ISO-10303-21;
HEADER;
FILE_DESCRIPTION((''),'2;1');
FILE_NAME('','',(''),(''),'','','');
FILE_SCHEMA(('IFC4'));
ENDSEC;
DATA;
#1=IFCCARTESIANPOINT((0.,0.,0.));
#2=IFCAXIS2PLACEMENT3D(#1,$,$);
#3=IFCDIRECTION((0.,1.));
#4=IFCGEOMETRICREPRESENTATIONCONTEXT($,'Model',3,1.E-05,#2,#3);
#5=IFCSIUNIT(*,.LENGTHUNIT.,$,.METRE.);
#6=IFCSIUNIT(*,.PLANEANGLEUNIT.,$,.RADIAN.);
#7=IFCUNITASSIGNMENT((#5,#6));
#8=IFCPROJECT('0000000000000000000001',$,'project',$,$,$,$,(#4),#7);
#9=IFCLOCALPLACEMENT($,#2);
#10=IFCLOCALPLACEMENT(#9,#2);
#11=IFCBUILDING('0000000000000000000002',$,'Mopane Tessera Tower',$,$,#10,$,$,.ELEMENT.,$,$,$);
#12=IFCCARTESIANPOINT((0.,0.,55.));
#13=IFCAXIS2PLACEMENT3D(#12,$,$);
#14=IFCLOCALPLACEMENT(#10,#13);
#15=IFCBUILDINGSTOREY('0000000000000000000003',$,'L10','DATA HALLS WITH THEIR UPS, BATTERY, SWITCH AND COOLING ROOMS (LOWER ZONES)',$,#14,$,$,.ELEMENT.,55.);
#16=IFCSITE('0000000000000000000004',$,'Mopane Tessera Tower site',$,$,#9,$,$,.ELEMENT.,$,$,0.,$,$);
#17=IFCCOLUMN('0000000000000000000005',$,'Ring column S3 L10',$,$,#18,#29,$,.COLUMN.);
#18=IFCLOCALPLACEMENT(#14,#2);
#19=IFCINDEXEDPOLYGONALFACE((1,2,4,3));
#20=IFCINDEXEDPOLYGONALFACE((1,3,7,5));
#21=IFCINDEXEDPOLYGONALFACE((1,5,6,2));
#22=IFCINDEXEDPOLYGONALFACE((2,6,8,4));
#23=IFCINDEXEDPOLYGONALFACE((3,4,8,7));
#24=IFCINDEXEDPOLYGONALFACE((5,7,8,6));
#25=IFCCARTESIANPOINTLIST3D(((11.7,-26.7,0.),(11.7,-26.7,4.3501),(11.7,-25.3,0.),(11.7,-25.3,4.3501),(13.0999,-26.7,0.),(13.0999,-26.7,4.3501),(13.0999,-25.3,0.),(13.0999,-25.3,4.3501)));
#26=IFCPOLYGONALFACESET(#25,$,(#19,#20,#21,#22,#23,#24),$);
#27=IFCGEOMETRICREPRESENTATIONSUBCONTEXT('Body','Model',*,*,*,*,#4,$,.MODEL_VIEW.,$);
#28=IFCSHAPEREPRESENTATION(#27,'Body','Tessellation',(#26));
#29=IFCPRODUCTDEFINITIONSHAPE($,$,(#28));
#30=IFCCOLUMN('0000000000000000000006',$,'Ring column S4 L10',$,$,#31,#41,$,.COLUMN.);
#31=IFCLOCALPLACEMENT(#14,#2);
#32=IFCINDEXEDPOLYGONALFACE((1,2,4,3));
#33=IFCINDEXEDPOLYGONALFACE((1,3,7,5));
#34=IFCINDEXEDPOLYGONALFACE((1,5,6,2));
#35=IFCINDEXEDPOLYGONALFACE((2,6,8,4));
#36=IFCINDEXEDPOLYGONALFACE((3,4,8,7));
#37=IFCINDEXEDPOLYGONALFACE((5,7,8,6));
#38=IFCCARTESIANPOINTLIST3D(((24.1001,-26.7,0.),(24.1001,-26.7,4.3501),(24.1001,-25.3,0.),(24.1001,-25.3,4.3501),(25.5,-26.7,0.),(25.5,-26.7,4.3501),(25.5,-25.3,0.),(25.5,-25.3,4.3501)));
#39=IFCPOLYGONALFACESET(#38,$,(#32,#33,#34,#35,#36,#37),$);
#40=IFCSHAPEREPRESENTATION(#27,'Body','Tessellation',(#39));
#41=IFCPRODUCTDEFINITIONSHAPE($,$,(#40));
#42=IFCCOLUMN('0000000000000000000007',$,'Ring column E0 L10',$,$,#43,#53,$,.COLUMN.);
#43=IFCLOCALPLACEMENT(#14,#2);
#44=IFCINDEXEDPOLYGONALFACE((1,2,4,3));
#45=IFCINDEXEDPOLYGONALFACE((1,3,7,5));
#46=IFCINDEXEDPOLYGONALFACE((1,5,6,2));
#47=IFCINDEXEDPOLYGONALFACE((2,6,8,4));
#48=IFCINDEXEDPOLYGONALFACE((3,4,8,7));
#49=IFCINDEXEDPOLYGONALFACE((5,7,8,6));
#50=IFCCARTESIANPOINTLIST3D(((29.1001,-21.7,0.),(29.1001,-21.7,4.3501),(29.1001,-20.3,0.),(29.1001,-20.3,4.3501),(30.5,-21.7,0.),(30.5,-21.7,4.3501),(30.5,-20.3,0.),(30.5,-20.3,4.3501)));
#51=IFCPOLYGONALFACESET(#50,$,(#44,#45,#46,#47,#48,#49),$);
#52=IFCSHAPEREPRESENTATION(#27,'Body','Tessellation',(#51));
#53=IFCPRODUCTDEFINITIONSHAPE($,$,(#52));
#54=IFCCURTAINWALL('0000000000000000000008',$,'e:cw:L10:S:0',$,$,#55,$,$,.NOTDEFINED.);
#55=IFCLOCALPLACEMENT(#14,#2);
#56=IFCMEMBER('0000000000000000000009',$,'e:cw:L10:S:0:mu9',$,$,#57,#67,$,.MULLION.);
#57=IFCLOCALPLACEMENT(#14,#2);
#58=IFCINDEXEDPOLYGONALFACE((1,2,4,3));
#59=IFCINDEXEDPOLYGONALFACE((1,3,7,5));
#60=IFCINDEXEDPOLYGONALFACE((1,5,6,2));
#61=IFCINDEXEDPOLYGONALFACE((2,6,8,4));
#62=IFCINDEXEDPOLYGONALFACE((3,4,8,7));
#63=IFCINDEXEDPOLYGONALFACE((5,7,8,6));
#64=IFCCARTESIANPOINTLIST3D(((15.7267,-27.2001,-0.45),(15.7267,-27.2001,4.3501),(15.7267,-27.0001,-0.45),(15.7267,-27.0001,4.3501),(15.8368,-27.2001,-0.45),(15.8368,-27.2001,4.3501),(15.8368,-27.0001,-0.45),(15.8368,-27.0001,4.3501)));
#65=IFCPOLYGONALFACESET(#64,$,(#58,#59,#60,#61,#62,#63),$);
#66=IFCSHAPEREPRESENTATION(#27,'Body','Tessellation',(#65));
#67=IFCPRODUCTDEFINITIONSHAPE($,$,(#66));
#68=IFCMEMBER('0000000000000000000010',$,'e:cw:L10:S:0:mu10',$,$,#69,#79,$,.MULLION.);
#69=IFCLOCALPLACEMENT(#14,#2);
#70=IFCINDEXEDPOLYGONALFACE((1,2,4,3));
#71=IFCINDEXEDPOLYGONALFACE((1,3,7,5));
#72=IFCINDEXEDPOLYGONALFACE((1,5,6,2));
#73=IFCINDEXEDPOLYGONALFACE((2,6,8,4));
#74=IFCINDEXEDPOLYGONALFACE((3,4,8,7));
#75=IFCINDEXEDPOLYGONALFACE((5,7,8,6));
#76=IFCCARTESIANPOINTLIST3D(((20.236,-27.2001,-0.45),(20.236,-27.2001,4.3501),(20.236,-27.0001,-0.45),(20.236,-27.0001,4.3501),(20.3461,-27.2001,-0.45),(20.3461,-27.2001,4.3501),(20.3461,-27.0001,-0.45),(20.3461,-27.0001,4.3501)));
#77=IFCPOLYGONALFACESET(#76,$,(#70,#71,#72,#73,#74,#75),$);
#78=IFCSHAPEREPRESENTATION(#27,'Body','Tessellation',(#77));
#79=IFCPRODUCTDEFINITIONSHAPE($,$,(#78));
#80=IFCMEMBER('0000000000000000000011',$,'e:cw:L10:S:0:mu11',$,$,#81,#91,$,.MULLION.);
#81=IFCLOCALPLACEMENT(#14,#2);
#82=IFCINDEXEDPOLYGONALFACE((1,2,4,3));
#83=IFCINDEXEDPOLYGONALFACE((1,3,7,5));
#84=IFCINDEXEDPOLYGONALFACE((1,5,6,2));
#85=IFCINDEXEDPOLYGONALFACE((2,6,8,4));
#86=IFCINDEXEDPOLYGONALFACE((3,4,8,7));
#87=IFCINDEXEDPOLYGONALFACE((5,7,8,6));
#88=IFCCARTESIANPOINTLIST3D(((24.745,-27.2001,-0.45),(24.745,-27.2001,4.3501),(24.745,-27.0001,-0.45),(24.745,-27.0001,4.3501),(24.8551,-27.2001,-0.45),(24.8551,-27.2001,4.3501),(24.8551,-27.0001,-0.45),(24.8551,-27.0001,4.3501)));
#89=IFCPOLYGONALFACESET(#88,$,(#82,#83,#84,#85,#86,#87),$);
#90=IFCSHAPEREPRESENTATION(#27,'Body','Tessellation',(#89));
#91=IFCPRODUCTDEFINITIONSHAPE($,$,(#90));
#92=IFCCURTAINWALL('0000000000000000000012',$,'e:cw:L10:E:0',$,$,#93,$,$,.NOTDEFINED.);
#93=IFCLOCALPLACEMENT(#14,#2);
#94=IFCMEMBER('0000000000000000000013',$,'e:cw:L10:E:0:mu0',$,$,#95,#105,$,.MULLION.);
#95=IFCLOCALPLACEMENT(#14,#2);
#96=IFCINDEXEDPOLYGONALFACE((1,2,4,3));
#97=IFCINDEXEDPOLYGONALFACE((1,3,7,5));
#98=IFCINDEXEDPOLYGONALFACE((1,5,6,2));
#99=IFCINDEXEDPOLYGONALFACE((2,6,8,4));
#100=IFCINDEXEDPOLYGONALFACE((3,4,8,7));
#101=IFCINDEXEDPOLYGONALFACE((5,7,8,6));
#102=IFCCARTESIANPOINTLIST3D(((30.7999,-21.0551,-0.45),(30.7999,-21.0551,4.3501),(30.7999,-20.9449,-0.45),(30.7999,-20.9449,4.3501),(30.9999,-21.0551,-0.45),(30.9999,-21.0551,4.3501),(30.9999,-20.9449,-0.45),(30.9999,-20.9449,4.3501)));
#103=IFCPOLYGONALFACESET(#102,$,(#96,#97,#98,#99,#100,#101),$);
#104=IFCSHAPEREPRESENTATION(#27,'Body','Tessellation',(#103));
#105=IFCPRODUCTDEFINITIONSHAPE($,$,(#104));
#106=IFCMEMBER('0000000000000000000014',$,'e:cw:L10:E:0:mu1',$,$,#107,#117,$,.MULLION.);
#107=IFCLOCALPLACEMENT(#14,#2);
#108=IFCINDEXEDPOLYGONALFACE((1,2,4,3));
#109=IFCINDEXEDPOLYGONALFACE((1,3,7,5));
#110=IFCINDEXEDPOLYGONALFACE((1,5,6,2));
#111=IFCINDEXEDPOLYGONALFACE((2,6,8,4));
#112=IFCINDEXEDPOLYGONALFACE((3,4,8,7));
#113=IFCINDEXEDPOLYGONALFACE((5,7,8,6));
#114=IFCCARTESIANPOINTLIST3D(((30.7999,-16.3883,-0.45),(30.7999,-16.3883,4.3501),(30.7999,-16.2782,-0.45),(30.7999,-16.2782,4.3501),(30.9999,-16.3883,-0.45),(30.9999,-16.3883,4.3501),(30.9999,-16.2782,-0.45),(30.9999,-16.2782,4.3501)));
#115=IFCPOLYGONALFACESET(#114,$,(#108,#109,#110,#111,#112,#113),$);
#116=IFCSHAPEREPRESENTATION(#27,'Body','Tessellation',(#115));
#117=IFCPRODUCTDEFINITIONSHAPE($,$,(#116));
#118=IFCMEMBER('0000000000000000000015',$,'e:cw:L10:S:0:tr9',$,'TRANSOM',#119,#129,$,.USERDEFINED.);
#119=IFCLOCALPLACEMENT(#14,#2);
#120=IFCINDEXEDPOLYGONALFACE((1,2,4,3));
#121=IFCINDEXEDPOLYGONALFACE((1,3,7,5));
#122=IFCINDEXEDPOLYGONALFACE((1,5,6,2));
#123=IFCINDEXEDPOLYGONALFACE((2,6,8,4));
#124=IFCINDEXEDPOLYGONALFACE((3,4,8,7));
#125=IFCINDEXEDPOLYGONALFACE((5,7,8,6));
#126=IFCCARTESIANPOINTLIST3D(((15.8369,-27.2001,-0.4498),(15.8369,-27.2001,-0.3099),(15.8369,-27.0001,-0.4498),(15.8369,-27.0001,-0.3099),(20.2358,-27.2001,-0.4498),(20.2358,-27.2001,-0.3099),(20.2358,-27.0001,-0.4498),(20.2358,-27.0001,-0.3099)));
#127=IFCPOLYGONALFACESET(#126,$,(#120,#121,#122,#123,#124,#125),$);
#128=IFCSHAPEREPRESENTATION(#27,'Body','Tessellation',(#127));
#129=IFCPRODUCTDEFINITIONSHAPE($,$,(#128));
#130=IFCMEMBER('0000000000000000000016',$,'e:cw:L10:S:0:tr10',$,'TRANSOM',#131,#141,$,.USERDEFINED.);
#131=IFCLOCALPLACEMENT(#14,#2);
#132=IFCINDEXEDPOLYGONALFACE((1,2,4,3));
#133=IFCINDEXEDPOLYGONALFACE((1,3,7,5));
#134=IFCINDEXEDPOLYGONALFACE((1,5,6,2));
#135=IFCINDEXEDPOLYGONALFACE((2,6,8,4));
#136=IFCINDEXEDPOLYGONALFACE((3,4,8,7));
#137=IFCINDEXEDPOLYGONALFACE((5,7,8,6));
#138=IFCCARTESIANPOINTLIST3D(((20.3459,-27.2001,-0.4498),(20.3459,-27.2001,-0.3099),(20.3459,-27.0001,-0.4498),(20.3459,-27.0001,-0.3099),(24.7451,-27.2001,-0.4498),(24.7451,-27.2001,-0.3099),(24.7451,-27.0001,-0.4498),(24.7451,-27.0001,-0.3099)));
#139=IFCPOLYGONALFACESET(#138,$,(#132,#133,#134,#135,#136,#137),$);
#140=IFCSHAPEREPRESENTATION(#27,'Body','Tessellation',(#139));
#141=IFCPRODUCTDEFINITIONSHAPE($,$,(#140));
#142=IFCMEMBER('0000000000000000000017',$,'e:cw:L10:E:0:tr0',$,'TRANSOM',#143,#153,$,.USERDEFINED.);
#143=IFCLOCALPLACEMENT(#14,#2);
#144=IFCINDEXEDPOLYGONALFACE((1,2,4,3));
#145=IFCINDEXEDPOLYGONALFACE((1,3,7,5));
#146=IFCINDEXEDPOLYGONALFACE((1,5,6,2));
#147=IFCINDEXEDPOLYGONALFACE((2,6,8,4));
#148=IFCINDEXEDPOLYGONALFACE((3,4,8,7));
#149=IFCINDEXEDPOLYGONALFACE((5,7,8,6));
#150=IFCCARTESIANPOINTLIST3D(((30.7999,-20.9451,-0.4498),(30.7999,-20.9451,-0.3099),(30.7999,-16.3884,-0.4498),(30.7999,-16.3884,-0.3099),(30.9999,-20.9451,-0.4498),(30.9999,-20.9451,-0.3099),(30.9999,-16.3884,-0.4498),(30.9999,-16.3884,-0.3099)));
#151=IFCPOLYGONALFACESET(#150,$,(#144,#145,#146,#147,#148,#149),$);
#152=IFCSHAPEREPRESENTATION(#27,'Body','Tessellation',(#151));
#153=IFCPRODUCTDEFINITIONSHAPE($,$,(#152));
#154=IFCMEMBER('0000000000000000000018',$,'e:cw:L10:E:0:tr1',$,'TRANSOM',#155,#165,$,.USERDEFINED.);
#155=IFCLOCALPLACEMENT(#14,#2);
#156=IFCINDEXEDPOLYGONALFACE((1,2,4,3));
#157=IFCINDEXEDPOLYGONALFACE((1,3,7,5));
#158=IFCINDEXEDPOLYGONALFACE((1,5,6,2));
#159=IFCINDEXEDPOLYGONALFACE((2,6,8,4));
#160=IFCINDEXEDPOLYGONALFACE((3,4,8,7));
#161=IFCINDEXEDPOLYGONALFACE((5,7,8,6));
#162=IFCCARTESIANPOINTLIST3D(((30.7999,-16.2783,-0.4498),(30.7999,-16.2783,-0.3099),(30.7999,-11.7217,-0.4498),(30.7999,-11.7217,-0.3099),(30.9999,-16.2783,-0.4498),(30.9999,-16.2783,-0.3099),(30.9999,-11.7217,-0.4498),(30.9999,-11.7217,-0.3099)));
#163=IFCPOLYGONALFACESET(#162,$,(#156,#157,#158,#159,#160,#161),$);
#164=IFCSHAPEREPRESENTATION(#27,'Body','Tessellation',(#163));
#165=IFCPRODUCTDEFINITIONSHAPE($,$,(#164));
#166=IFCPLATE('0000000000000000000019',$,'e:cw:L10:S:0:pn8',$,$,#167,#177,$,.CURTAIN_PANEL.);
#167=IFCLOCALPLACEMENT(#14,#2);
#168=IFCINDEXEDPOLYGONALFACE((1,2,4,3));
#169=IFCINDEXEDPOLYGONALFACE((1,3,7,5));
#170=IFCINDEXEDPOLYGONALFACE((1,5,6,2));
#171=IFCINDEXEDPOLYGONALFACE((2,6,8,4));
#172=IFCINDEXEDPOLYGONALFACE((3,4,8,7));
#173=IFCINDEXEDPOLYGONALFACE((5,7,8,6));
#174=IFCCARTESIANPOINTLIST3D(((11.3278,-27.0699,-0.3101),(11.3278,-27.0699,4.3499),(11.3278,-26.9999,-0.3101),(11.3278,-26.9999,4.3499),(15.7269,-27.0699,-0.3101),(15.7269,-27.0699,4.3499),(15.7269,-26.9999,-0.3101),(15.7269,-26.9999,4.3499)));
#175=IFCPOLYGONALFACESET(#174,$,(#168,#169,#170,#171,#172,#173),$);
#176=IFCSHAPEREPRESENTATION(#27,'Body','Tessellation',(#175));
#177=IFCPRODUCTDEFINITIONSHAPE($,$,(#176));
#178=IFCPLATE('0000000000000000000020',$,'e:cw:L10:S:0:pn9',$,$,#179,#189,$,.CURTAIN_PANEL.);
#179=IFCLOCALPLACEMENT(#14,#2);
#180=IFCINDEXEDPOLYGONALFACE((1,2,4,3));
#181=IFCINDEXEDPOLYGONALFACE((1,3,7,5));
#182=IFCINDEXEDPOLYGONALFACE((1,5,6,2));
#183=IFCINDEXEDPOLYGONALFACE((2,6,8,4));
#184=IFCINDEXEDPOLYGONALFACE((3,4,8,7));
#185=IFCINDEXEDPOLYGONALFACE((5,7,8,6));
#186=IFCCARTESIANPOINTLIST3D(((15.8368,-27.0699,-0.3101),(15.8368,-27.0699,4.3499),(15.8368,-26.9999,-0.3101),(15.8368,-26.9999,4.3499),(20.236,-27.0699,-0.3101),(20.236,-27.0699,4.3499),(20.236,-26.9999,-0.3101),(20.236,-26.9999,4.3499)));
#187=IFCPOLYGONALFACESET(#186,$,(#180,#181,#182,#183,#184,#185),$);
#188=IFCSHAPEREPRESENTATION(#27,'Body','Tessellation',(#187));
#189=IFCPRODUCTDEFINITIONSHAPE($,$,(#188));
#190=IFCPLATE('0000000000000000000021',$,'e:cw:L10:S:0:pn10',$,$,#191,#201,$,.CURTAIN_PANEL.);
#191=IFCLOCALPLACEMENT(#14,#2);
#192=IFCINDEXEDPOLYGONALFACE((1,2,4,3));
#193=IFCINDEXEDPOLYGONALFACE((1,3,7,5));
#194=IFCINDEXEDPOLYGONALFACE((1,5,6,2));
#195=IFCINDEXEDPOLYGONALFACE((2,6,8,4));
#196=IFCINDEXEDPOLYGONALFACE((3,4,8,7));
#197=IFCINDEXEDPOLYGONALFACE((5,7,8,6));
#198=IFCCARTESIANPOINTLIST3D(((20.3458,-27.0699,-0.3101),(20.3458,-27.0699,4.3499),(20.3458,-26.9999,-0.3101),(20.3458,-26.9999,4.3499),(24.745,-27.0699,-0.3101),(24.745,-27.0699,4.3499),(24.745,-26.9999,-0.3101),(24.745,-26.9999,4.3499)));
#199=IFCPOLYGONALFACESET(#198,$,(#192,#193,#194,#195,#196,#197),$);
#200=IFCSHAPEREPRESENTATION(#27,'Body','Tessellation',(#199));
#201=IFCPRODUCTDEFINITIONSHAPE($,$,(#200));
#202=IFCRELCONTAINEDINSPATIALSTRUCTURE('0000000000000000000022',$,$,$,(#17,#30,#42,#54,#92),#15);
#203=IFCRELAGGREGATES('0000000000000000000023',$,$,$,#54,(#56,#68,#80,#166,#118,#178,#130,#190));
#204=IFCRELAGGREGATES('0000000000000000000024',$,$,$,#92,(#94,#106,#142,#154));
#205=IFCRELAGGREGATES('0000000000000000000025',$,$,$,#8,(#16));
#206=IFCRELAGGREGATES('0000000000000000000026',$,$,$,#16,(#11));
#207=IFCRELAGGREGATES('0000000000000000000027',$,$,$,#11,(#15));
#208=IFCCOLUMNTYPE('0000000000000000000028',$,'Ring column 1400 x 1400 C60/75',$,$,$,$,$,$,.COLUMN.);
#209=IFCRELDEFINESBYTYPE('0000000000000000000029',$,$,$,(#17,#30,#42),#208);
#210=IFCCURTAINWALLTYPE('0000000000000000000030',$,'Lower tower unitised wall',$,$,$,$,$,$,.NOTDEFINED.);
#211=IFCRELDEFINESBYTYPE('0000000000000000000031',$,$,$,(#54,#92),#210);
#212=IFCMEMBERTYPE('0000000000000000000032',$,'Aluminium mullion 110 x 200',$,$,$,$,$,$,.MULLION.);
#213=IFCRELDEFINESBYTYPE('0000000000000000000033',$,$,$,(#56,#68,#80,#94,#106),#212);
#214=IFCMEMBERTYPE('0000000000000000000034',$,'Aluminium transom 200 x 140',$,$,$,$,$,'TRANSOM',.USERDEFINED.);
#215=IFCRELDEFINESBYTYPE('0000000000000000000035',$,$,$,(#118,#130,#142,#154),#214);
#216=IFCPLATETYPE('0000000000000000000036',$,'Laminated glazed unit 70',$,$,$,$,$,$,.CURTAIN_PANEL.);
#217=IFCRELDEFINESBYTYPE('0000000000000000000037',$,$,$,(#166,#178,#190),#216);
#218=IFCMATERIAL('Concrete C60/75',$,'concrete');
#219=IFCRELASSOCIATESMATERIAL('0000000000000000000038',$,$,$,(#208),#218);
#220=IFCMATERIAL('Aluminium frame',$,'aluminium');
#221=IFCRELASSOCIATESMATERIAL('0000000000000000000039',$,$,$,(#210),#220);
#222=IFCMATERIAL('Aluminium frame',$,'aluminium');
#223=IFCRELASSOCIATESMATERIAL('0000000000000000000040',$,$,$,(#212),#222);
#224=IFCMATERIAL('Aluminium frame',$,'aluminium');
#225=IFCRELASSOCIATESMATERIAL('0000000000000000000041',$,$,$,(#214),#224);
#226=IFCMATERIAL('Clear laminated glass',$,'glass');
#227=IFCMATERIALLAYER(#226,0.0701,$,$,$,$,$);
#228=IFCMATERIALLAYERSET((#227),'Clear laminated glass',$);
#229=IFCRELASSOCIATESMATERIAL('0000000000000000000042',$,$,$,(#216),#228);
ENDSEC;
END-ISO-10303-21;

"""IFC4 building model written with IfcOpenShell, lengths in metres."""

from ifc_helpers import new_model, si_unit, direction, frame, origin, origin_2d, place, context, subcontext, project, spatial, rectangle, extrude, material, layer, layer_set, material_profile, profile_set, type_object, element, aggregate, save


model = new_model("IFC4")

# Units and contexts
model_context = context("Model", 3, precision=1e-05, world=origin(), true_north=direction((0.0, 1.0)))
body_context = subcontext(model_context, "Body", "Model", "MODEL_VIEW")
ifc_project = project(units=[si_unit("LENGTHUNIT", "METRE"), si_unit("PLANEANGLEUNIT", "RADIAN")], contexts=[model_context])

# Site, building, storey
site_placement = place(None, origin())
site = spatial("IfcSite", under=ifc_project, at=site_placement, Name="Mopane Tessera Tower site", CompositionType="ELEMENT", RefElevation=0.0)
building_placement = place(site_placement, origin())
building = spatial("IfcBuilding", under=site, at=building_placement, Name="Mopane Tessera Tower", CompositionType="ELEMENT")
storey_placement = place(building_placement, frame((0.0, 0.0, 55.0)))
storey = spatial("IfcBuildingStorey", under=building, at=storey_placement, Name="L10", Description="DATA HALLS WITH THEIR UPS, BATTERY, SWITCH AND COOLING ROOMS (LOWER ZONES)", CompositionType="ELEMENT", Elevation=55.0)

# Columns
ifc_material_1 = material(Name="Concrete C60/75", Category="concrete")
ifc_material_profile_1 = material_profile(ifc_material_1, rectangle(XDim=1.3999, YDim=1.3999, at=origin_2d()))
ifc_profile_set_1 = profile_set([ifc_material_profile_1], Name="Concrete C60/75")
column_type = type_object("IfcColumnType", Name="Ring column 1400 x 1400 C60/75", PredefinedType="COLUMN", material=ifc_profile_set_1)
for number, where, z_axis, x_axis, name in (
    (1, (12.3999, -26.0, 0.0), (0.0, 0.0, 1.0), (1.0, 0.0, 0.0), "Ring column S3 L10"),
    (2, (24.8, -26.0, 0.0), (0.0, 0.0, 1.0), (1.0, 0.0, 0.0), "Ring column S4 L10"),
    (3, (29.8, -21.0, 0.0), (0.0, 0.0, 1.0), (1.0, 0.0, 0.0), "Ring column E0 L10"),
):
    element("IfcColumn", number, at=place(storey_placement, frame(where, z_axis=z_axis, x_axis=x_axis)), inside=storey, type_object=column_type, Name=name, PredefinedType="COLUMN", context=body_context, shape_type="SweptSolid", body=[
        extrude(rectangle(XDim=1.3999, YDim=1.3999, at=origin_2d()), origin(), (0.0, 0.0, 1.0), 4.3501),
    ])

# Curtain walls, members
ifc_material_2 = material(Name="Aluminium frame", Category="aluminium")
curtain_wall_type = type_object("IfcCurtainWallType", Name="Lower tower unitised wall", PredefinedType="NOTDEFINED", material=ifc_material_2)
curtain_wall_1_placement = place(storey_placement, origin())
curtain_wall_1 = element("IfcCurtainWall", 4, at=curtain_wall_1_placement, inside=storey, type_object=curtain_wall_type, Name="e:cw:L10:S:0", PredefinedType="NOTDEFINED")
ifc_material_3 = material(Name="Aluminium frame", Category="aluminium")
ifc_material_profile_2 = material_profile(ifc_material_3, rectangle(XDim=0.1101, YDim=0.2, at=origin_2d()))
ifc_profile_set_2 = profile_set([ifc_material_profile_2], Name="Aluminium frame")
member_type_1 = type_object("IfcMemberType", Name="Aluminium mullion 110 x 200", PredefinedType="MULLION", material=ifc_profile_set_2)
member_1_placement = place(storey_placement, frame((15.7817, -27.1001, -0.45), z_axis=(0.0, 0.0, 1.0), x_axis=(1.0, 0.0, 0.0)))
member_1 = element("IfcMember", 5, at=member_1_placement, type_object=member_type_1, Name="e:cw:L10:S:0:mu9", PredefinedType="MULLION", context=body_context, shape_type="SweptSolid", body=[
    extrude(rectangle(XDim=0.1101, YDim=0.2, at=origin_2d()), origin(), (0.0, 0.0, 1.0), 4.8),
])
member_2_placement = place(storey_placement, frame((20.291, -27.1001, -0.45), z_axis=(0.0, 0.0, 1.0), x_axis=(1.0, 0.0, 0.0)))
member_2 = element("IfcMember", 6, at=member_2_placement, type_object=member_type_1, Name="e:cw:L10:S:0:mu10", PredefinedType="MULLION", context=body_context, shape_type="SweptSolid", body=[
    extrude(rectangle(XDim=0.1101, YDim=0.2, at=origin_2d()), origin(), (0.0, 0.0, 1.0), 4.8),
])
member_3_placement = place(storey_placement, frame((24.8, -27.1001, -0.45), z_axis=(0.0, 0.0, 1.0), x_axis=(1.0, 0.0, 0.0)))
member_3 = element("IfcMember", 7, at=member_3_placement, type_object=member_type_1, Name="e:cw:L10:S:0:mu11", PredefinedType="MULLION", context=body_context, shape_type="SweptSolid", body=[
    extrude(rectangle(XDim=0.1101, YDim=0.2, at=origin_2d()), origin(), (0.0, 0.0, 1.0), 4.8),
])
curtain_wall_2_placement = place(storey_placement, origin())
curtain_wall_2 = element("IfcCurtainWall", 8, at=curtain_wall_2_placement, inside=storey, type_object=curtain_wall_type, Name="e:cw:L10:E:0", PredefinedType="NOTDEFINED")
member_4_placement = place(storey_placement, frame((30.8999, -21.0, -0.45), z_axis=(0.0, 0.0, 1.0), x_axis=(0.0, 1.0, 0.0)))
member_4 = element("IfcMember", 9, at=member_4_placement, type_object=member_type_1, Name="e:cw:L10:E:0:mu0", PredefinedType="MULLION", context=body_context, shape_type="SweptSolid", body=[
    extrude(rectangle(XDim=0.1101, YDim=0.2, at=origin_2d()), origin(), (0.0, 0.0, 1.0), 4.8),
])
member_5_placement = place(storey_placement, frame((30.8999, -16.3333, -0.45), z_axis=(0.0, 0.0, 1.0), x_axis=(0.0, 1.0, 0.0)))
member_5 = element("IfcMember", 10, at=member_5_placement, type_object=member_type_1, Name="e:cw:L10:E:0:mu1", PredefinedType="MULLION", context=body_context, shape_type="SweptSolid", body=[
    extrude(rectangle(XDim=0.1101, YDim=0.2, at=origin_2d()), origin(), (0.0, 0.0, 1.0), 4.8),
])

# Members
ifc_material_4 = material(Name="Aluminium frame", Category="aluminium")
ifc_material_profile_3 = material_profile(ifc_material_4, rectangle(XDim=0.2, YDim=0.1399, at=origin_2d()))
ifc_profile_set_3 = profile_set([ifc_material_profile_3], Name="Aluminium frame")
member_type_2 = type_object("IfcMemberType", Name="Aluminium transom 200 x 140", ElementType="TRANSOM", PredefinedType="USERDEFINED", material=ifc_profile_set_3)
member_6_placement = place(storey_placement, frame((15.8369, -27.1001, -0.3799), z_axis=(1.0, 0.0, 0.0), x_axis=(0.0, 1.0, 0.0)))
member_6 = element("IfcMember", 11, at=member_6_placement, type_object=member_type_2, Name="e:cw:L10:S:0:tr9", ObjectType="TRANSOM", PredefinedType="USERDEFINED", context=body_context, shape_type="SweptSolid", body=[
    extrude(rectangle(XDim=0.2, YDim=0.1399, at=origin_2d()), origin(), (0.0, 0.0, 1.0), 4.3989),
])
member_7_placement = place(storey_placement, frame((20.3459, -27.1001, -0.3799), z_axis=(1.0, 0.0, 0.0), x_axis=(0.0, 1.0, 0.0)))
member_7 = element("IfcMember", 12, at=member_7_placement, type_object=member_type_2, Name="e:cw:L10:S:0:tr10", ObjectType="TRANSOM", PredefinedType="USERDEFINED", context=body_context, shape_type="SweptSolid", body=[
    extrude(rectangle(XDim=0.2, YDim=0.1399, at=origin_2d()), origin(), (0.0, 0.0, 1.0), 4.3992),
])
member_8_placement = place(storey_placement, frame((30.8999, -20.9451, -0.3799), z_axis=(0.0, 1.0, 0.0), x_axis=(-1.0, 0.0, 0.0)))
member_8 = element("IfcMember", 13, at=member_8_placement, type_object=member_type_2, Name="e:cw:L10:E:0:tr0", ObjectType="TRANSOM", PredefinedType="USERDEFINED", context=body_context, shape_type="SweptSolid", body=[
    extrude(rectangle(XDim=0.2, YDim=0.1399, at=origin_2d()), origin(), (0.0, 0.0, 1.0), 4.5566),
])
member_9_placement = place(storey_placement, frame((30.8999, -16.2783, -0.3799), z_axis=(0.0, 1.0, 0.0), x_axis=(-1.0, 0.0, 0.0)))
member_9 = element("IfcMember", 14, at=member_9_placement, type_object=member_type_2, Name="e:cw:L10:E:0:tr1", ObjectType="TRANSOM", PredefinedType="USERDEFINED", context=body_context, shape_type="SweptSolid", body=[
    extrude(rectangle(XDim=0.2, YDim=0.1399, at=origin_2d()), origin(), (0.0, 0.0, 1.0), 4.5566),
])

# Plates
ifc_material_5 = material(Name="Clear laminated glass", Category="glass")
ifc_layer_1 = layer(ifc_material_5, 0.0701)
ifc_layer_set_1 = layer_set([ifc_layer_1], Name="Clear laminated glass")
plate_type = type_object("IfcPlateType", Name="Laminated glazed unit 70", PredefinedType="CURTAIN_PANEL", material=ifc_layer_set_1)
plate_1_placement = place(storey_placement, frame((13.5273, -27.0349, -0.3101), z_axis=(0.0, 0.0, 1.0), x_axis=(1.0, 0.0, 0.0)))
plate_1 = element("IfcPlate", 15, at=plate_1_placement, type_object=plate_type, Name="e:cw:L10:S:0:pn8", PredefinedType="CURTAIN_PANEL", context=body_context, shape_type="SweptSolid", body=[
    extrude(rectangle(XDim=4.3992, YDim=0.0701, at=origin_2d()), origin(), (0.0, 0.0, 1.0), 4.6599),
])
plate_2_placement = place(storey_placement, frame((18.0364, -27.0349, -0.3101), z_axis=(0.0, 0.0, 1.0), x_axis=(1.0, 0.0, 0.0)))
plate_2 = element("IfcPlate", 16, at=plate_2_placement, type_object=plate_type, Name="e:cw:L10:S:0:pn9", PredefinedType="CURTAIN_PANEL", context=body_context, shape_type="SweptSolid", body=[
    extrude(rectangle(XDim=4.3992, YDim=0.0701, at=origin_2d()), origin(), (0.0, 0.0, 1.0), 4.6599),
])
plate_3_placement = place(storey_placement, frame((22.5454, -27.0349, -0.3101), z_axis=(0.0, 0.0, 1.0), x_axis=(1.0, 0.0, 0.0)))
plate_3 = element("IfcPlate", 17, at=plate_3_placement, type_object=plate_type, Name="e:cw:L10:S:0:pn10", PredefinedType="CURTAIN_PANEL", context=body_context, shape_type="SweptSolid", body=[
    extrude(rectangle(XDim=4.3992, YDim=0.0701, at=origin_2d()), origin(), (0.0, 0.0, 1.0), 4.6599),
])
aggregate(curtain_wall_1, [member_1, member_2, member_3, plate_1, member_6, plate_2, member_7, plate_3])
aggregate(curtain_wall_2, [member_4, member_5, member_8, member_9])

save(model, "model.ifc")
